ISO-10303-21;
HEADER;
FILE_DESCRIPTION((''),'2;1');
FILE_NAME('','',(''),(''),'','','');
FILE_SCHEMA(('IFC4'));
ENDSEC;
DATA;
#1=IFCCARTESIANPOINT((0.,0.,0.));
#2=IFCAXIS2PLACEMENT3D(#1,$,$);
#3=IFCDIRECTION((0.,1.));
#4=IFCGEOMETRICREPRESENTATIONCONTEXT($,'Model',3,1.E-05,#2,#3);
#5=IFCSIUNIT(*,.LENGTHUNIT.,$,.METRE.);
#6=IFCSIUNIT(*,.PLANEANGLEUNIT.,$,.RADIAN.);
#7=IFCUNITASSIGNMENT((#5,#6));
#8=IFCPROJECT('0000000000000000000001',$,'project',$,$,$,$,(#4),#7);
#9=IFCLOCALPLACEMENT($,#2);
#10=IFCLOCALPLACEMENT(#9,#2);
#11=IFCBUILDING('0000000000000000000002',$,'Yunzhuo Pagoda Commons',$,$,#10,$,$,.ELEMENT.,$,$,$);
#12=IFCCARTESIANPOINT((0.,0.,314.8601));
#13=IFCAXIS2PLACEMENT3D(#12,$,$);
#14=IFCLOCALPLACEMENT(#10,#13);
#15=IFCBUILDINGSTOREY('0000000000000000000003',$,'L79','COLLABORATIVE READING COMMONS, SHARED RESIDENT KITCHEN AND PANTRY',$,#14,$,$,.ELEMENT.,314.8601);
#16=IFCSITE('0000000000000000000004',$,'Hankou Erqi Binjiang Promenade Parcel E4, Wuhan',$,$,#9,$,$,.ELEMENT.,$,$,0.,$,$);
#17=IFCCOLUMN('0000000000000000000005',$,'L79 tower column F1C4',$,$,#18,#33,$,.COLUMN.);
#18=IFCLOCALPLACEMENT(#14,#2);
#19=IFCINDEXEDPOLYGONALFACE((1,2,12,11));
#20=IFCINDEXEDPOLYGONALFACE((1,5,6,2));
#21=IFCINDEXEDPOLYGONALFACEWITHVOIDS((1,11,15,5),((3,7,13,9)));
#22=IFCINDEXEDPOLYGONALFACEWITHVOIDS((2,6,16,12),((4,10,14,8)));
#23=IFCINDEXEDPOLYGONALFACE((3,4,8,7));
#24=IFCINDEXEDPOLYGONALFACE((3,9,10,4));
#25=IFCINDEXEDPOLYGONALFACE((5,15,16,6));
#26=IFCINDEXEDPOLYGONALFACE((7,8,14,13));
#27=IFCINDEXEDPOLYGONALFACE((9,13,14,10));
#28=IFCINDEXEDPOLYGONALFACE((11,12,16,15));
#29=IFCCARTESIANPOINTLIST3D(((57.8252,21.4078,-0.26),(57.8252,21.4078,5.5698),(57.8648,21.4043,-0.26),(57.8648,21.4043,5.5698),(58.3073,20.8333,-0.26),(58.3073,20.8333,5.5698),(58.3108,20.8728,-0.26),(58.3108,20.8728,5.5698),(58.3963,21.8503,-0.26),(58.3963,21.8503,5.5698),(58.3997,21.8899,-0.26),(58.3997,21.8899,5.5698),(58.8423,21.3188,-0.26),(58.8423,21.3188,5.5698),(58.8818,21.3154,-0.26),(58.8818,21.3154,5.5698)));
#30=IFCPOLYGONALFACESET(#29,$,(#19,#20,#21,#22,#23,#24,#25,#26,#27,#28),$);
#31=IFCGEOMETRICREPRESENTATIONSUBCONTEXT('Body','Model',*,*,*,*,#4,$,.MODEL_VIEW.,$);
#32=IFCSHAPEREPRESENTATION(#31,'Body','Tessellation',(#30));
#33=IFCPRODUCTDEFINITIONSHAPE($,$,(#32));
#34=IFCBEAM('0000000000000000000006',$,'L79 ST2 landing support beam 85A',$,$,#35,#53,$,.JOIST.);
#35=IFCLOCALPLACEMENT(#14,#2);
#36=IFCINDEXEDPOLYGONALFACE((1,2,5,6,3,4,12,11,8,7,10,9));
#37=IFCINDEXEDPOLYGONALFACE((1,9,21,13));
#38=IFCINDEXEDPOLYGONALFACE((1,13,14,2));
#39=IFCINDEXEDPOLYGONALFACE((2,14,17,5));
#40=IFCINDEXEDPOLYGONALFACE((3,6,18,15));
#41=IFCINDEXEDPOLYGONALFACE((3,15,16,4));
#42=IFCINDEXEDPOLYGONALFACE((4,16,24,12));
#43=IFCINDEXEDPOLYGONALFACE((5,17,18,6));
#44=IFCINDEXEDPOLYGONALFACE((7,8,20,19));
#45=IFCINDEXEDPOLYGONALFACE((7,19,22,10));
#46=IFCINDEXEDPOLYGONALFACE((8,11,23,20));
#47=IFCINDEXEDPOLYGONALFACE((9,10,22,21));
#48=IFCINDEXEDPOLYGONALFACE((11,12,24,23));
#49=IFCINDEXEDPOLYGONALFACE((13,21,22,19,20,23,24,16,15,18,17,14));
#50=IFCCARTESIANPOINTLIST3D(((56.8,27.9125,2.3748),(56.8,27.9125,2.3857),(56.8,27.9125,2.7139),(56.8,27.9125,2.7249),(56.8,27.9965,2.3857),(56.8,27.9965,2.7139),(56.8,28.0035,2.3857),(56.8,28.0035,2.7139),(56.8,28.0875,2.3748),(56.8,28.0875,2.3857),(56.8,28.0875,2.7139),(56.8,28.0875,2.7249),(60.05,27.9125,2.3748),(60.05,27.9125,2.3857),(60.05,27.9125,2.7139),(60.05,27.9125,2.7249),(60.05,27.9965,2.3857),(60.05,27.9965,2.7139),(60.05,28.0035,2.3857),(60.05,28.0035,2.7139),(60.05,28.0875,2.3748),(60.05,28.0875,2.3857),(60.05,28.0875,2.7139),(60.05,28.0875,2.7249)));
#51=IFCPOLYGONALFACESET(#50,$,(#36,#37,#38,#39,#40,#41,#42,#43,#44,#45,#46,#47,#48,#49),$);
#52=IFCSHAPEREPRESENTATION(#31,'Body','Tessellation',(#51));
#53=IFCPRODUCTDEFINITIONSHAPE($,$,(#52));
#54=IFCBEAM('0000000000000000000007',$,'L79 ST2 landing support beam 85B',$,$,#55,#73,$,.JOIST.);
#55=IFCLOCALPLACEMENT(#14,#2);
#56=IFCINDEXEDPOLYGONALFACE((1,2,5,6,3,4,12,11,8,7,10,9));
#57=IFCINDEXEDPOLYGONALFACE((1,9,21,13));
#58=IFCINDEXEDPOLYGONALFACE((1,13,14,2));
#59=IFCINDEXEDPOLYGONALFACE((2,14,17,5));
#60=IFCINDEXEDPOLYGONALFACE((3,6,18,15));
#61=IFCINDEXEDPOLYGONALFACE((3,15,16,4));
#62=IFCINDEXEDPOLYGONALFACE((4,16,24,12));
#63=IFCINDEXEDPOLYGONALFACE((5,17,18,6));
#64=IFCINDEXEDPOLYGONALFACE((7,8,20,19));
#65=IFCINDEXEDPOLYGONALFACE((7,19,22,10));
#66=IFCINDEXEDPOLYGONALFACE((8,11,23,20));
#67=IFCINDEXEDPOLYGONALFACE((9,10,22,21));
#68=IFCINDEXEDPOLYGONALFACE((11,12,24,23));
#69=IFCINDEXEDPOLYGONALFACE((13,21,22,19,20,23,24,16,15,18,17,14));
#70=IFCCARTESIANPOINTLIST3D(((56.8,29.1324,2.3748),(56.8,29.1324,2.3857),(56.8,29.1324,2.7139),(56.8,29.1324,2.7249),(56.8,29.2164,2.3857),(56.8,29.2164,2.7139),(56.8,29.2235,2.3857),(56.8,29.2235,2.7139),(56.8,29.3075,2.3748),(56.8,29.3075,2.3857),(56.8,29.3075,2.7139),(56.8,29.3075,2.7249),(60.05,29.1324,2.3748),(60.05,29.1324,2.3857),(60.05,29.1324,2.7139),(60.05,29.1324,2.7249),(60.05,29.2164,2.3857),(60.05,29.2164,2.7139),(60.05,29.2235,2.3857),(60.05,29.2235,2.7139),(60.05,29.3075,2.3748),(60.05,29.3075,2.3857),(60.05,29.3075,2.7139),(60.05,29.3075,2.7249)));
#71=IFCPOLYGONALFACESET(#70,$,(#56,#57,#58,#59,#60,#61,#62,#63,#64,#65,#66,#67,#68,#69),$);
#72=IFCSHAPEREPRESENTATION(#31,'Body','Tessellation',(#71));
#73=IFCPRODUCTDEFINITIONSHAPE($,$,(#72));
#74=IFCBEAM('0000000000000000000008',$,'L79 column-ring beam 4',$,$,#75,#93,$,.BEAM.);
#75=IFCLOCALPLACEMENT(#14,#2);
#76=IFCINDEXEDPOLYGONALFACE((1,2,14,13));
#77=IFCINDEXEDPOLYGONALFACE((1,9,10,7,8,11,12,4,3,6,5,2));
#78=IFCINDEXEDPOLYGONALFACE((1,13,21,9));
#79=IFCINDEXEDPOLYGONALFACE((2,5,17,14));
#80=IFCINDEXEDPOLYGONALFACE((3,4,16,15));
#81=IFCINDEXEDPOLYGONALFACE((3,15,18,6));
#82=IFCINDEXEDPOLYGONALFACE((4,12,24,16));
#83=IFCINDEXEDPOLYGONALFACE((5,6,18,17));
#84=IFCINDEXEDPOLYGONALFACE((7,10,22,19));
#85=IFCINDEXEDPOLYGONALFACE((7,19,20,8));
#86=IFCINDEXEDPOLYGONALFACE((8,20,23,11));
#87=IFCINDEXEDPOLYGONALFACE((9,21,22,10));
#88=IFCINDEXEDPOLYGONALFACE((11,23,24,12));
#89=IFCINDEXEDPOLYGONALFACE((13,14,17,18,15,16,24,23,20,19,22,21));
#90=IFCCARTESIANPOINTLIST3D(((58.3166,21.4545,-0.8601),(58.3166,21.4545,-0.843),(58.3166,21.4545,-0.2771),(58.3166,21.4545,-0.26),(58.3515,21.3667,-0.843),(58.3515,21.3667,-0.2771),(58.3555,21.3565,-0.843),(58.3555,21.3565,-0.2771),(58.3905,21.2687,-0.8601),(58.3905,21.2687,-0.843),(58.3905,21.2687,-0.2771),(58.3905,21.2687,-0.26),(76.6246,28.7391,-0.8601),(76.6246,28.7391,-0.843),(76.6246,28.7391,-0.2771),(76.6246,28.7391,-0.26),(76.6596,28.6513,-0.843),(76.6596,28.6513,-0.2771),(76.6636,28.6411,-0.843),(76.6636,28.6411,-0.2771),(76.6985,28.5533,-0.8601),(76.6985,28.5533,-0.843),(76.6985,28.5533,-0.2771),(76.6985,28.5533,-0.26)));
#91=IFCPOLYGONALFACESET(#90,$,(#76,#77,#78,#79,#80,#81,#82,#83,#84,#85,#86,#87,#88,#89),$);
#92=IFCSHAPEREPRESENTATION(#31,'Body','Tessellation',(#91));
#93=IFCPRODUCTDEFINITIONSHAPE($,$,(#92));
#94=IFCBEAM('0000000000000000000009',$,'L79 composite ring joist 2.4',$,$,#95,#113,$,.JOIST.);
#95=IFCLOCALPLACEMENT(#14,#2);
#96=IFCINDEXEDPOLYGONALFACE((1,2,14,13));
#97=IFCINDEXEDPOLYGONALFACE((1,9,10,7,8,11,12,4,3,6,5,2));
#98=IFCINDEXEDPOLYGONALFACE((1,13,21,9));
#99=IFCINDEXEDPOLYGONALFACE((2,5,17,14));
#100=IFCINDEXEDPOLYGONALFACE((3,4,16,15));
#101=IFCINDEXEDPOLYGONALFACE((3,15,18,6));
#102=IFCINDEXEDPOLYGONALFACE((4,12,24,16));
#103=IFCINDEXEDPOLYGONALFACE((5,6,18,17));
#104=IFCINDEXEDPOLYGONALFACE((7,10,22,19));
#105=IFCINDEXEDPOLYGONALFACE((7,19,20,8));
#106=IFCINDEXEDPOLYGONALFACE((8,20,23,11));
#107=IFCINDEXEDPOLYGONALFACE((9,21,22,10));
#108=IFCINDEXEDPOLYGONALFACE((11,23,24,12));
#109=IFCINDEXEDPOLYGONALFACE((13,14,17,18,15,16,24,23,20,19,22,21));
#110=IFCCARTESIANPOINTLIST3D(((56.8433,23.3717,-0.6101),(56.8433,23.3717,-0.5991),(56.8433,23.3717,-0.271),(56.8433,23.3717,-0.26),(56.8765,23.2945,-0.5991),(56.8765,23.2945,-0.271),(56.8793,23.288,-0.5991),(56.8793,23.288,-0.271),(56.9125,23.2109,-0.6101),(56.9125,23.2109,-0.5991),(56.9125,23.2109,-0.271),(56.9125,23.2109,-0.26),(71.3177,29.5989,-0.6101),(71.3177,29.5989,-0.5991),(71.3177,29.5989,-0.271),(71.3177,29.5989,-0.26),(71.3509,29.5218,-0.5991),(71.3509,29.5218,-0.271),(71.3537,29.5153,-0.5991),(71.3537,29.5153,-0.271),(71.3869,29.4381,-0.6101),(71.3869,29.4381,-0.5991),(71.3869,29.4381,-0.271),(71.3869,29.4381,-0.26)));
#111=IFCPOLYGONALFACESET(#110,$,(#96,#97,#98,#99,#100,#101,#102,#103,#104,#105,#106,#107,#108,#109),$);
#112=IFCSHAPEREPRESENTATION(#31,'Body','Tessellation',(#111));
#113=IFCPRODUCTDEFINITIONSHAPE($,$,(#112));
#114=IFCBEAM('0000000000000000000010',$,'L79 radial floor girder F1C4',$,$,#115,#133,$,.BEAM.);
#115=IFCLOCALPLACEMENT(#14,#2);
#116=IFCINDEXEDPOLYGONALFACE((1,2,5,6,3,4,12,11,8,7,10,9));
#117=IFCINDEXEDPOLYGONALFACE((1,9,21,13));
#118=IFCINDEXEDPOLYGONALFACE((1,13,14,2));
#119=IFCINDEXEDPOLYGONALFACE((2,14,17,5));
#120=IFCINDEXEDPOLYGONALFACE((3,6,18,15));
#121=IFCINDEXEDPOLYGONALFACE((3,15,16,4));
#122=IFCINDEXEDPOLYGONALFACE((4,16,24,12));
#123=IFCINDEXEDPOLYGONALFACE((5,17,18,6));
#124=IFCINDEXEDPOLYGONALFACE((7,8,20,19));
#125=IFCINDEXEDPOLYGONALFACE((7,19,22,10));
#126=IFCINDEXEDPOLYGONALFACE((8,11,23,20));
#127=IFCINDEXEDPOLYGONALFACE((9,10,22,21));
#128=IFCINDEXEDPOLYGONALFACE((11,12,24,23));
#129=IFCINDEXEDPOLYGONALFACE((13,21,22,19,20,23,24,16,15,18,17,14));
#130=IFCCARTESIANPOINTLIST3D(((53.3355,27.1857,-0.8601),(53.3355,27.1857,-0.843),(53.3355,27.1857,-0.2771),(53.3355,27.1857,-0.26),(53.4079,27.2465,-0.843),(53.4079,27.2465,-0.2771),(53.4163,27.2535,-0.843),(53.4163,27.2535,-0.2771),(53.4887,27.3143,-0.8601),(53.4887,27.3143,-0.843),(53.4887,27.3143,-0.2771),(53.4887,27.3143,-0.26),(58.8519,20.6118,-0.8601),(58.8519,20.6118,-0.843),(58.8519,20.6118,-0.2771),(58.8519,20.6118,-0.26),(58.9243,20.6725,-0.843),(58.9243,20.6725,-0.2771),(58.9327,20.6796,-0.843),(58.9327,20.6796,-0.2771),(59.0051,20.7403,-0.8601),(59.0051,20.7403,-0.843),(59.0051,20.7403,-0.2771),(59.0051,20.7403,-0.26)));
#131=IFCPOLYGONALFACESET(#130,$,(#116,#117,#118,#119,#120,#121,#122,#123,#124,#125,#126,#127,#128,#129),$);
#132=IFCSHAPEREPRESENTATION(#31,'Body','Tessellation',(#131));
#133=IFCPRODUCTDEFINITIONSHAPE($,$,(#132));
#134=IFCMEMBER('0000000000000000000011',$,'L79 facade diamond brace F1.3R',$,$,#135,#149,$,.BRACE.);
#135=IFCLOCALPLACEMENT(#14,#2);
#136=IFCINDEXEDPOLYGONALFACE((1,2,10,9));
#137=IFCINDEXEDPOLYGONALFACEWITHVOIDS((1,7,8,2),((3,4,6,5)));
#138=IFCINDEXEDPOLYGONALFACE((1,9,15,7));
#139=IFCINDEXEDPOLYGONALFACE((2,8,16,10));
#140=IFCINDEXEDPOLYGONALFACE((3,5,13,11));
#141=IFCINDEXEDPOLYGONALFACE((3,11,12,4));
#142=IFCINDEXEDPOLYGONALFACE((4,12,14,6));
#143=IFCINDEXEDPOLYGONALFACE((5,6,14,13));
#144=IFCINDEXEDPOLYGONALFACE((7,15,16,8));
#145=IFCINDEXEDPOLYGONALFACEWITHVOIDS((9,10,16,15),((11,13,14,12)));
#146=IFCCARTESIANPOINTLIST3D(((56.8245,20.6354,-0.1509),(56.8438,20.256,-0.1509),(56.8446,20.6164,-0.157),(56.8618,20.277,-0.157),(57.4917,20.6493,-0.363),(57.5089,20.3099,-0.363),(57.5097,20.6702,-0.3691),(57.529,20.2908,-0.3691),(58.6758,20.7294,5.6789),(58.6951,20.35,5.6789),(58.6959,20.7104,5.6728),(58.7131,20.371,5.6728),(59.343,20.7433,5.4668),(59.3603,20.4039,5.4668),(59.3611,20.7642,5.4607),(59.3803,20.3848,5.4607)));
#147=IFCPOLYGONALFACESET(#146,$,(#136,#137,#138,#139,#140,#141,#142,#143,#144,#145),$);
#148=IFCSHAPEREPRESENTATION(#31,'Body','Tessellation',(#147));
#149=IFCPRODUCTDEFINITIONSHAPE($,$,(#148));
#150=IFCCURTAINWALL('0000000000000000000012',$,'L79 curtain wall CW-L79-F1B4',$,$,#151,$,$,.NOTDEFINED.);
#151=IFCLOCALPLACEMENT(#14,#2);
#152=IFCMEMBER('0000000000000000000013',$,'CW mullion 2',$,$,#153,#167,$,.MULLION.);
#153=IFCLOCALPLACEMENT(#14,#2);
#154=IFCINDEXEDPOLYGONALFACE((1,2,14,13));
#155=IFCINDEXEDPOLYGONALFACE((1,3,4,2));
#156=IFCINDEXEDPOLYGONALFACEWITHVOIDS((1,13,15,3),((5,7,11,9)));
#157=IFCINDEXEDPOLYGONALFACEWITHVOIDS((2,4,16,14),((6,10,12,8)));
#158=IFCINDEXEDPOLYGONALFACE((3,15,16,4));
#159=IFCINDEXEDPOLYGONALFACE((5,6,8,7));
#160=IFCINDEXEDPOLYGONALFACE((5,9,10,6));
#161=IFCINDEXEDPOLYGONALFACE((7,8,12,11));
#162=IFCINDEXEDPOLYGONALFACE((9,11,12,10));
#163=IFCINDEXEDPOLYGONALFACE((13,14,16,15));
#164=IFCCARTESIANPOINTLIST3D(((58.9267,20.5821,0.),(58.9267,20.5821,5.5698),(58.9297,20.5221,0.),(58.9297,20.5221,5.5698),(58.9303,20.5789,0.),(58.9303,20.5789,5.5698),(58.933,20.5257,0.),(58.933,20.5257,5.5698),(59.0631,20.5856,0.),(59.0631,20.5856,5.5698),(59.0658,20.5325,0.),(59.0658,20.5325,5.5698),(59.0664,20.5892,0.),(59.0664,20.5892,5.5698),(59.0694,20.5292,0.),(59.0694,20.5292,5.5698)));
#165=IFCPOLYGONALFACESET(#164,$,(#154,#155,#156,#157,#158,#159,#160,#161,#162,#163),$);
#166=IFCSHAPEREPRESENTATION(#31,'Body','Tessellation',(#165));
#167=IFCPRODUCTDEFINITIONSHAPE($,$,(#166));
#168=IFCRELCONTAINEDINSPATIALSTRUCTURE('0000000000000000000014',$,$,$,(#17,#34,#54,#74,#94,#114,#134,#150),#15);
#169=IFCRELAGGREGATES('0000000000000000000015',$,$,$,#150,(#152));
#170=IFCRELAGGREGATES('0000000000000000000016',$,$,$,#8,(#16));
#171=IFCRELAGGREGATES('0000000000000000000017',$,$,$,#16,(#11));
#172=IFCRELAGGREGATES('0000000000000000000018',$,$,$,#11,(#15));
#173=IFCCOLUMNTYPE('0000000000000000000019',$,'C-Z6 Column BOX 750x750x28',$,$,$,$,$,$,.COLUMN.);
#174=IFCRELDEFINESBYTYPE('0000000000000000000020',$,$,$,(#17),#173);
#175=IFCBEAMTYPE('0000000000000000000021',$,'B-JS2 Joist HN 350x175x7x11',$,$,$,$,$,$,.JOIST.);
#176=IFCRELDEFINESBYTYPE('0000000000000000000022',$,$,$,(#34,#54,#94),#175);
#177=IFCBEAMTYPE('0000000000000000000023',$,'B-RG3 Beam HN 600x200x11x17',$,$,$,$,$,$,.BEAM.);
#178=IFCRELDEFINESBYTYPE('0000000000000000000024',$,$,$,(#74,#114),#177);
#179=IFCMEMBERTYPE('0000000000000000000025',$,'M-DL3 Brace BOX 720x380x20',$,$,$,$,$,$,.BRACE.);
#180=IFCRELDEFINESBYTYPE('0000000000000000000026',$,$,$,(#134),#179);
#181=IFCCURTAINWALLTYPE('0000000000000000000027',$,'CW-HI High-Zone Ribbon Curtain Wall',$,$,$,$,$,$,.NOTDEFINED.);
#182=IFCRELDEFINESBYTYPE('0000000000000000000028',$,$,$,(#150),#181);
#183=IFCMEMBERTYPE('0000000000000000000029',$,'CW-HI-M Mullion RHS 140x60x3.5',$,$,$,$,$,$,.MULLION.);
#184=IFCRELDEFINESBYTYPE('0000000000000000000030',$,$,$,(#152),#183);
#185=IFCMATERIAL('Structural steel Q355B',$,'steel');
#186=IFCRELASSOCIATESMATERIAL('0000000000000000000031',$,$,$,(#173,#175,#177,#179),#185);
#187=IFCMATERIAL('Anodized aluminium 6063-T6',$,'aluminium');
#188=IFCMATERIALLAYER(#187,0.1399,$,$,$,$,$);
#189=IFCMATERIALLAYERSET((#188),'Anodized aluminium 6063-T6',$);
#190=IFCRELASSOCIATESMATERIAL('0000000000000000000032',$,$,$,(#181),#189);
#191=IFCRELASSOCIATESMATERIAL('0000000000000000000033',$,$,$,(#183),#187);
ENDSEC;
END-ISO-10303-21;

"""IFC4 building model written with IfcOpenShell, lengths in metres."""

from ifc_helpers import new_model, si_unit, direction, frame, origin, origin_2d, place, context, subcontext, project, spatial, hollow_rectangle, i_section, extrude, source, transform, mapped, material, layer, layer_set, material_profile, profile_set, type_object, element, aggregate, save


model = new_model("IFC4")

# Units and contexts
model_context = context("Model", 3, precision=1e-05, world=origin(), true_north=direction((0.0, 1.0)))
body_context = subcontext(model_context, "Body", "Model", "MODEL_VIEW")
ifc_project = project(units=[si_unit("LENGTHUNIT", "METRE"), si_unit("PLANEANGLEUNIT", "RADIAN")], contexts=[model_context])

# Site, building, storey
site_placement = place(None, origin())
site = spatial("IfcSite", under=ifc_project, at=site_placement, Name="Hankou Erqi Binjiang Promenade Parcel E4, Wuhan", CompositionType="ELEMENT", RefElevation=0.0)
building_placement = place(site_placement, origin())
building = spatial("IfcBuilding", under=site, at=building_placement, Name="Yunzhuo Pagoda Commons", CompositionType="ELEMENT")
storey_placement = place(building_placement, frame((0.0, 0.0, 314.8601)))
storey = spatial("IfcBuildingStorey", under=building, at=storey_placement, Name="L79", Description="COLLABORATIVE READING COMMONS, SHARED RESIDENT KITCHEN AND PANTRY", CompositionType="ELEMENT", Elevation=314.8601)

# Column
ifc_material_1 = material(Name="Structural steel Q355B", Category="steel")
ifc_material_profile_1 = material_profile(ifc_material_1, hollow_rectangle(XDim=0.75, YDim=0.75, WallThickness=0.0281, at=origin_2d()), Name="Structural steel Q355B")
ifc_profile_set_1 = profile_set([ifc_material_profile_1], Name="Structural steel Q355B")
column_type = type_object("IfcColumnType", Name="C-Z6 Column BOX 750x750x28", PredefinedType="COLUMN", material=ifc_profile_set_1)
shared_shape_1 = source(origin(), body_context, "Body", "SweptSolid", [
    extrude(hollow_rectangle(XDim=0.75, YDim=0.75, WallThickness=0.0281, at=origin_2d()), origin(), (0.0, 0.0, 1.0), 5.8298),
])
column_placement = place(storey_placement, frame((58.3535, 21.3616, -0.26), z_axis=(0.0, 0.0, 1.0), x_axis=(0.766044, 0.642788, 0.0)))
element("IfcColumn", 1, at=column_placement, inside=storey, type_object=column_type, Name="L79 tower column F1C4", PredefinedType="COLUMN", context=body_context, shape_type="MappedRepresentation", body=[
    mapped(shared_shape_1, transform((0.0, 0.0, 0.0), scale=1.0)),
])

# Beams
ifc_material_profile_2 = material_profile(ifc_material_1, i_section(OverallWidth=0.175, OverallDepth=0.3501, WebThickness=0.0071, FlangeThickness=0.011, at=origin_2d()), Name="Structural steel Q355B")
ifc_profile_set_2 = profile_set([ifc_material_profile_2], Name="Structural steel Q355B")
beam_type_1 = type_object("IfcBeamType", Name="B-JS2 Joist HN 350x175x7x11", PredefinedType="JOIST", material=ifc_profile_set_2)
shared_shape_2 = source(origin(), body_context, "Body", "SweptSolid", [
    extrude(i_section(OverallWidth=0.175, OverallDepth=0.3501, WebThickness=0.0071, FlangeThickness=0.011, at=origin_2d()), origin(), (0.0, 0.0, 1.0), 3.25),
])
for number, where, z_axis, x_axis, name in (
    (2, (56.8, 28.0, 2.5498), (1.0, 0.0, 0.0), (0.0, 1.0, 0.0), "L79 ST2 landing support beam 85A"),
    (3, (56.8, 29.22, 2.5498), (1.0, 0.0, 0.0), (0.0, 1.0, 0.0), "L79 ST2 landing support beam 85B"),
):
    element("IfcBeam", number, at=place(storey_placement, frame(where, z_axis=z_axis, x_axis=x_axis)), inside=storey, type_object=beam_type_1, Name=name, PredefinedType="JOIST", context=body_context, shape_type="MappedRepresentation", body=[
        mapped(shared_shape_2, transform((0.0, 0.0, 0.0), scale=1.0)),
    ])
ifc_material_profile_3 = material_profile(ifc_material_1, i_section(OverallWidth=0.2, OverallDepth=0.6001, WebThickness=0.011, FlangeThickness=0.0171, at=origin_2d()), Name="Structural steel Q355B")
ifc_profile_set_3 = profile_set([ifc_material_profile_3], Name="Structural steel Q355B")
beam_type_2 = type_object("IfcBeamType", Name="B-RG3 Beam HN 600x200x11x17", PredefinedType="BEAM", material=ifc_profile_set_3)
shared_shape_3 = source(origin(), body_context, "Body", "SweptSolid", [
    extrude(i_section(OverallWidth=0.2, OverallDepth=0.6001, WebThickness=0.011, FlangeThickness=0.0171, at=origin_2d()), origin(), (0.0, 0.0, 1.0), 19.7041),
])
beam_1_placement = place(storey_placement, frame((58.3535, 21.3616, -0.5601), z_axis=(0.92915, 0.369702, 0.0), x_axis=(-0.369702, 0.92915, 0.0)))
element("IfcBeam", 4, at=beam_1_placement, inside=storey, type_object=beam_type_2, Name="L79 column-ring beam 4", PredefinedType="BEAM", context=body_context, shape_type="MappedRepresentation", body=[
    mapped(shared_shape_3, transform((0.0, 0.0, 0.0), scale=1.0)),
])
shared_shape_4 = source(origin(), body_context, "Body", "SweptSolid", [
    extrude(i_section(OverallWidth=0.175, OverallDepth=0.3501, WebThickness=0.0071, FlangeThickness=0.011, at=origin_2d()), origin(), (0.0, 0.0, 1.0), 15.7571),
])
beam_2_placement = place(storey_placement, frame((56.8779, 23.2913, -0.4351), z_axis=(0.918593, 0.395205, 0.0), x_axis=(-0.395205, 0.918593, 0.0)))
element("IfcBeam", 5, at=beam_2_placement, inside=storey, type_object=beam_type_1, Name="L79 composite ring joist 2.4", PredefinedType="JOIST", context=body_context, shape_type="MappedRepresentation", body=[
    mapped(shared_shape_4, transform((0.0, 0.0, 0.0), scale=1.0)),
])
shared_shape_5 = source(origin(), body_context, "Body", "SweptSolid", [
    extrude(i_section(OverallWidth=0.2, OverallDepth=0.6001, WebThickness=0.011, FlangeThickness=0.0171, at=origin_2d()), origin(), (0.0, 0.0, 1.0), 8.5818),
])
beam_3_placement = place(storey_placement, frame((58.9285, 20.676, -0.5601), z_axis=(-0.642797, 0.766037, 0.0), x_axis=(-0.766037, -0.642797, 0.0)))
element("IfcBeam", 6, at=beam_3_placement, inside=storey, type_object=beam_type_2, Name="L79 radial floor girder F1C4", PredefinedType="BEAM", context=body_context, shape_type="MappedRepresentation", body=[
    mapped(shared_shape_5, transform((0.0, 0.0, 0.0), scale=1.0)),
])

# Member
ifc_material_profile_4 = material_profile(ifc_material_1, hollow_rectangle(XDim=0.3799, YDim=0.72, WallThickness=0.02, at=origin_2d()), Name="Structural steel Q355B")
ifc_profile_set_4 = profile_set([ifc_material_profile_4], Name="Structural steel Q355B")
member_type_1 = type_object("IfcMemberType", Name="M-DL3 Brace BOX 720x380x20", PredefinedType="BRACE", material=ifc_profile_set_4)
shared_shape_6 = source(origin(), body_context, "Body", "SweptSolid", [
    extrude(hollow_rectangle(XDim=0.3799, YDim=0.72, WallThickness=0.02, at=origin_2d()), origin(), (0.0, 0.0, 1.0), 6.1174),
])
member_1_placement = place(storey_placement, frame((57.1768, 20.4631, -0.26), z_axis=(0.302629, 0.015365, 0.952985), x_axis=(-0.050706, 0.998714, 0.0)))
element("IfcMember", 7, at=member_1_placement, inside=storey, type_object=member_type_1, Name="L79 facade diamond brace F1.3R", PredefinedType="BRACE", context=body_context, shape_type="MappedRepresentation", body=[
    mapped(shared_shape_6, transform((0.0, 0.0, 0.0), scale=1.0)),
])

# Curtain wall, member
ifc_material_2 = material(Name="Anodized aluminium 6063-T6", Category="aluminium")
ifc_layer_1 = layer(ifc_material_2, 0.1399)
ifc_layer_set_1 = layer_set([ifc_layer_1], Name="Anodized aluminium 6063-T6")
curtain_wall_type = type_object("IfcCurtainWallType", Name="CW-HI High-Zone Ribbon Curtain Wall", PredefinedType="NOTDEFINED", material=ifc_layer_set_1)
curtain_wall_1_placement = place(storey_placement, origin())
curtain_wall_1 = element("IfcCurtainWall", 8, at=curtain_wall_1_placement, inside=storey, type_object=curtain_wall_type, Name="L79 curtain wall CW-L79-F1B4", PredefinedType="NOTDEFINED")
ifc_material_profile_5 = material_profile(ifc_material_2, hollow_rectangle(XDim=0.0601, YDim=0.1399, WallThickness=0.0034, at=origin_2d()), Name="Anodized aluminium 6063-T6")
ifc_profile_set_5 = profile_set([ifc_material_profile_5], Name="Anodized aluminium 6063-T6")
member_type_2 = type_object("IfcMemberType", Name="CW-HI-M Mullion RHS 140x60x3.5", PredefinedType="MULLION", material=ifc_profile_set_5)
shared_shape_7 = source(origin(), body_context, "Body", "SweptSolid", [
    extrude(hollow_rectangle(XDim=0.0601, YDim=0.1399, WallThickness=0.0034, at=origin_2d()), origin(), (0.0, 0.0, 1.0), 5.5698),
])
member_2_placement = place(storey_placement, frame((58.998, 20.5557, 0.0), z_axis=(0.0, 0.0, 1.0), x_axis=(-0.050692, 0.998714, 0.0)))
member_2 = element("IfcMember", 9, at=member_2_placement, type_object=member_type_2, Name="CW mullion 2", PredefinedType="MULLION", context=body_context, shape_type="MappedRepresentation", body=[
    mapped(shared_shape_7, transform((0.0, 0.0, 0.0), scale=1.0)),
])

aggregate(curtain_wall_1, [member_2])

save(model, "model.ifc")
